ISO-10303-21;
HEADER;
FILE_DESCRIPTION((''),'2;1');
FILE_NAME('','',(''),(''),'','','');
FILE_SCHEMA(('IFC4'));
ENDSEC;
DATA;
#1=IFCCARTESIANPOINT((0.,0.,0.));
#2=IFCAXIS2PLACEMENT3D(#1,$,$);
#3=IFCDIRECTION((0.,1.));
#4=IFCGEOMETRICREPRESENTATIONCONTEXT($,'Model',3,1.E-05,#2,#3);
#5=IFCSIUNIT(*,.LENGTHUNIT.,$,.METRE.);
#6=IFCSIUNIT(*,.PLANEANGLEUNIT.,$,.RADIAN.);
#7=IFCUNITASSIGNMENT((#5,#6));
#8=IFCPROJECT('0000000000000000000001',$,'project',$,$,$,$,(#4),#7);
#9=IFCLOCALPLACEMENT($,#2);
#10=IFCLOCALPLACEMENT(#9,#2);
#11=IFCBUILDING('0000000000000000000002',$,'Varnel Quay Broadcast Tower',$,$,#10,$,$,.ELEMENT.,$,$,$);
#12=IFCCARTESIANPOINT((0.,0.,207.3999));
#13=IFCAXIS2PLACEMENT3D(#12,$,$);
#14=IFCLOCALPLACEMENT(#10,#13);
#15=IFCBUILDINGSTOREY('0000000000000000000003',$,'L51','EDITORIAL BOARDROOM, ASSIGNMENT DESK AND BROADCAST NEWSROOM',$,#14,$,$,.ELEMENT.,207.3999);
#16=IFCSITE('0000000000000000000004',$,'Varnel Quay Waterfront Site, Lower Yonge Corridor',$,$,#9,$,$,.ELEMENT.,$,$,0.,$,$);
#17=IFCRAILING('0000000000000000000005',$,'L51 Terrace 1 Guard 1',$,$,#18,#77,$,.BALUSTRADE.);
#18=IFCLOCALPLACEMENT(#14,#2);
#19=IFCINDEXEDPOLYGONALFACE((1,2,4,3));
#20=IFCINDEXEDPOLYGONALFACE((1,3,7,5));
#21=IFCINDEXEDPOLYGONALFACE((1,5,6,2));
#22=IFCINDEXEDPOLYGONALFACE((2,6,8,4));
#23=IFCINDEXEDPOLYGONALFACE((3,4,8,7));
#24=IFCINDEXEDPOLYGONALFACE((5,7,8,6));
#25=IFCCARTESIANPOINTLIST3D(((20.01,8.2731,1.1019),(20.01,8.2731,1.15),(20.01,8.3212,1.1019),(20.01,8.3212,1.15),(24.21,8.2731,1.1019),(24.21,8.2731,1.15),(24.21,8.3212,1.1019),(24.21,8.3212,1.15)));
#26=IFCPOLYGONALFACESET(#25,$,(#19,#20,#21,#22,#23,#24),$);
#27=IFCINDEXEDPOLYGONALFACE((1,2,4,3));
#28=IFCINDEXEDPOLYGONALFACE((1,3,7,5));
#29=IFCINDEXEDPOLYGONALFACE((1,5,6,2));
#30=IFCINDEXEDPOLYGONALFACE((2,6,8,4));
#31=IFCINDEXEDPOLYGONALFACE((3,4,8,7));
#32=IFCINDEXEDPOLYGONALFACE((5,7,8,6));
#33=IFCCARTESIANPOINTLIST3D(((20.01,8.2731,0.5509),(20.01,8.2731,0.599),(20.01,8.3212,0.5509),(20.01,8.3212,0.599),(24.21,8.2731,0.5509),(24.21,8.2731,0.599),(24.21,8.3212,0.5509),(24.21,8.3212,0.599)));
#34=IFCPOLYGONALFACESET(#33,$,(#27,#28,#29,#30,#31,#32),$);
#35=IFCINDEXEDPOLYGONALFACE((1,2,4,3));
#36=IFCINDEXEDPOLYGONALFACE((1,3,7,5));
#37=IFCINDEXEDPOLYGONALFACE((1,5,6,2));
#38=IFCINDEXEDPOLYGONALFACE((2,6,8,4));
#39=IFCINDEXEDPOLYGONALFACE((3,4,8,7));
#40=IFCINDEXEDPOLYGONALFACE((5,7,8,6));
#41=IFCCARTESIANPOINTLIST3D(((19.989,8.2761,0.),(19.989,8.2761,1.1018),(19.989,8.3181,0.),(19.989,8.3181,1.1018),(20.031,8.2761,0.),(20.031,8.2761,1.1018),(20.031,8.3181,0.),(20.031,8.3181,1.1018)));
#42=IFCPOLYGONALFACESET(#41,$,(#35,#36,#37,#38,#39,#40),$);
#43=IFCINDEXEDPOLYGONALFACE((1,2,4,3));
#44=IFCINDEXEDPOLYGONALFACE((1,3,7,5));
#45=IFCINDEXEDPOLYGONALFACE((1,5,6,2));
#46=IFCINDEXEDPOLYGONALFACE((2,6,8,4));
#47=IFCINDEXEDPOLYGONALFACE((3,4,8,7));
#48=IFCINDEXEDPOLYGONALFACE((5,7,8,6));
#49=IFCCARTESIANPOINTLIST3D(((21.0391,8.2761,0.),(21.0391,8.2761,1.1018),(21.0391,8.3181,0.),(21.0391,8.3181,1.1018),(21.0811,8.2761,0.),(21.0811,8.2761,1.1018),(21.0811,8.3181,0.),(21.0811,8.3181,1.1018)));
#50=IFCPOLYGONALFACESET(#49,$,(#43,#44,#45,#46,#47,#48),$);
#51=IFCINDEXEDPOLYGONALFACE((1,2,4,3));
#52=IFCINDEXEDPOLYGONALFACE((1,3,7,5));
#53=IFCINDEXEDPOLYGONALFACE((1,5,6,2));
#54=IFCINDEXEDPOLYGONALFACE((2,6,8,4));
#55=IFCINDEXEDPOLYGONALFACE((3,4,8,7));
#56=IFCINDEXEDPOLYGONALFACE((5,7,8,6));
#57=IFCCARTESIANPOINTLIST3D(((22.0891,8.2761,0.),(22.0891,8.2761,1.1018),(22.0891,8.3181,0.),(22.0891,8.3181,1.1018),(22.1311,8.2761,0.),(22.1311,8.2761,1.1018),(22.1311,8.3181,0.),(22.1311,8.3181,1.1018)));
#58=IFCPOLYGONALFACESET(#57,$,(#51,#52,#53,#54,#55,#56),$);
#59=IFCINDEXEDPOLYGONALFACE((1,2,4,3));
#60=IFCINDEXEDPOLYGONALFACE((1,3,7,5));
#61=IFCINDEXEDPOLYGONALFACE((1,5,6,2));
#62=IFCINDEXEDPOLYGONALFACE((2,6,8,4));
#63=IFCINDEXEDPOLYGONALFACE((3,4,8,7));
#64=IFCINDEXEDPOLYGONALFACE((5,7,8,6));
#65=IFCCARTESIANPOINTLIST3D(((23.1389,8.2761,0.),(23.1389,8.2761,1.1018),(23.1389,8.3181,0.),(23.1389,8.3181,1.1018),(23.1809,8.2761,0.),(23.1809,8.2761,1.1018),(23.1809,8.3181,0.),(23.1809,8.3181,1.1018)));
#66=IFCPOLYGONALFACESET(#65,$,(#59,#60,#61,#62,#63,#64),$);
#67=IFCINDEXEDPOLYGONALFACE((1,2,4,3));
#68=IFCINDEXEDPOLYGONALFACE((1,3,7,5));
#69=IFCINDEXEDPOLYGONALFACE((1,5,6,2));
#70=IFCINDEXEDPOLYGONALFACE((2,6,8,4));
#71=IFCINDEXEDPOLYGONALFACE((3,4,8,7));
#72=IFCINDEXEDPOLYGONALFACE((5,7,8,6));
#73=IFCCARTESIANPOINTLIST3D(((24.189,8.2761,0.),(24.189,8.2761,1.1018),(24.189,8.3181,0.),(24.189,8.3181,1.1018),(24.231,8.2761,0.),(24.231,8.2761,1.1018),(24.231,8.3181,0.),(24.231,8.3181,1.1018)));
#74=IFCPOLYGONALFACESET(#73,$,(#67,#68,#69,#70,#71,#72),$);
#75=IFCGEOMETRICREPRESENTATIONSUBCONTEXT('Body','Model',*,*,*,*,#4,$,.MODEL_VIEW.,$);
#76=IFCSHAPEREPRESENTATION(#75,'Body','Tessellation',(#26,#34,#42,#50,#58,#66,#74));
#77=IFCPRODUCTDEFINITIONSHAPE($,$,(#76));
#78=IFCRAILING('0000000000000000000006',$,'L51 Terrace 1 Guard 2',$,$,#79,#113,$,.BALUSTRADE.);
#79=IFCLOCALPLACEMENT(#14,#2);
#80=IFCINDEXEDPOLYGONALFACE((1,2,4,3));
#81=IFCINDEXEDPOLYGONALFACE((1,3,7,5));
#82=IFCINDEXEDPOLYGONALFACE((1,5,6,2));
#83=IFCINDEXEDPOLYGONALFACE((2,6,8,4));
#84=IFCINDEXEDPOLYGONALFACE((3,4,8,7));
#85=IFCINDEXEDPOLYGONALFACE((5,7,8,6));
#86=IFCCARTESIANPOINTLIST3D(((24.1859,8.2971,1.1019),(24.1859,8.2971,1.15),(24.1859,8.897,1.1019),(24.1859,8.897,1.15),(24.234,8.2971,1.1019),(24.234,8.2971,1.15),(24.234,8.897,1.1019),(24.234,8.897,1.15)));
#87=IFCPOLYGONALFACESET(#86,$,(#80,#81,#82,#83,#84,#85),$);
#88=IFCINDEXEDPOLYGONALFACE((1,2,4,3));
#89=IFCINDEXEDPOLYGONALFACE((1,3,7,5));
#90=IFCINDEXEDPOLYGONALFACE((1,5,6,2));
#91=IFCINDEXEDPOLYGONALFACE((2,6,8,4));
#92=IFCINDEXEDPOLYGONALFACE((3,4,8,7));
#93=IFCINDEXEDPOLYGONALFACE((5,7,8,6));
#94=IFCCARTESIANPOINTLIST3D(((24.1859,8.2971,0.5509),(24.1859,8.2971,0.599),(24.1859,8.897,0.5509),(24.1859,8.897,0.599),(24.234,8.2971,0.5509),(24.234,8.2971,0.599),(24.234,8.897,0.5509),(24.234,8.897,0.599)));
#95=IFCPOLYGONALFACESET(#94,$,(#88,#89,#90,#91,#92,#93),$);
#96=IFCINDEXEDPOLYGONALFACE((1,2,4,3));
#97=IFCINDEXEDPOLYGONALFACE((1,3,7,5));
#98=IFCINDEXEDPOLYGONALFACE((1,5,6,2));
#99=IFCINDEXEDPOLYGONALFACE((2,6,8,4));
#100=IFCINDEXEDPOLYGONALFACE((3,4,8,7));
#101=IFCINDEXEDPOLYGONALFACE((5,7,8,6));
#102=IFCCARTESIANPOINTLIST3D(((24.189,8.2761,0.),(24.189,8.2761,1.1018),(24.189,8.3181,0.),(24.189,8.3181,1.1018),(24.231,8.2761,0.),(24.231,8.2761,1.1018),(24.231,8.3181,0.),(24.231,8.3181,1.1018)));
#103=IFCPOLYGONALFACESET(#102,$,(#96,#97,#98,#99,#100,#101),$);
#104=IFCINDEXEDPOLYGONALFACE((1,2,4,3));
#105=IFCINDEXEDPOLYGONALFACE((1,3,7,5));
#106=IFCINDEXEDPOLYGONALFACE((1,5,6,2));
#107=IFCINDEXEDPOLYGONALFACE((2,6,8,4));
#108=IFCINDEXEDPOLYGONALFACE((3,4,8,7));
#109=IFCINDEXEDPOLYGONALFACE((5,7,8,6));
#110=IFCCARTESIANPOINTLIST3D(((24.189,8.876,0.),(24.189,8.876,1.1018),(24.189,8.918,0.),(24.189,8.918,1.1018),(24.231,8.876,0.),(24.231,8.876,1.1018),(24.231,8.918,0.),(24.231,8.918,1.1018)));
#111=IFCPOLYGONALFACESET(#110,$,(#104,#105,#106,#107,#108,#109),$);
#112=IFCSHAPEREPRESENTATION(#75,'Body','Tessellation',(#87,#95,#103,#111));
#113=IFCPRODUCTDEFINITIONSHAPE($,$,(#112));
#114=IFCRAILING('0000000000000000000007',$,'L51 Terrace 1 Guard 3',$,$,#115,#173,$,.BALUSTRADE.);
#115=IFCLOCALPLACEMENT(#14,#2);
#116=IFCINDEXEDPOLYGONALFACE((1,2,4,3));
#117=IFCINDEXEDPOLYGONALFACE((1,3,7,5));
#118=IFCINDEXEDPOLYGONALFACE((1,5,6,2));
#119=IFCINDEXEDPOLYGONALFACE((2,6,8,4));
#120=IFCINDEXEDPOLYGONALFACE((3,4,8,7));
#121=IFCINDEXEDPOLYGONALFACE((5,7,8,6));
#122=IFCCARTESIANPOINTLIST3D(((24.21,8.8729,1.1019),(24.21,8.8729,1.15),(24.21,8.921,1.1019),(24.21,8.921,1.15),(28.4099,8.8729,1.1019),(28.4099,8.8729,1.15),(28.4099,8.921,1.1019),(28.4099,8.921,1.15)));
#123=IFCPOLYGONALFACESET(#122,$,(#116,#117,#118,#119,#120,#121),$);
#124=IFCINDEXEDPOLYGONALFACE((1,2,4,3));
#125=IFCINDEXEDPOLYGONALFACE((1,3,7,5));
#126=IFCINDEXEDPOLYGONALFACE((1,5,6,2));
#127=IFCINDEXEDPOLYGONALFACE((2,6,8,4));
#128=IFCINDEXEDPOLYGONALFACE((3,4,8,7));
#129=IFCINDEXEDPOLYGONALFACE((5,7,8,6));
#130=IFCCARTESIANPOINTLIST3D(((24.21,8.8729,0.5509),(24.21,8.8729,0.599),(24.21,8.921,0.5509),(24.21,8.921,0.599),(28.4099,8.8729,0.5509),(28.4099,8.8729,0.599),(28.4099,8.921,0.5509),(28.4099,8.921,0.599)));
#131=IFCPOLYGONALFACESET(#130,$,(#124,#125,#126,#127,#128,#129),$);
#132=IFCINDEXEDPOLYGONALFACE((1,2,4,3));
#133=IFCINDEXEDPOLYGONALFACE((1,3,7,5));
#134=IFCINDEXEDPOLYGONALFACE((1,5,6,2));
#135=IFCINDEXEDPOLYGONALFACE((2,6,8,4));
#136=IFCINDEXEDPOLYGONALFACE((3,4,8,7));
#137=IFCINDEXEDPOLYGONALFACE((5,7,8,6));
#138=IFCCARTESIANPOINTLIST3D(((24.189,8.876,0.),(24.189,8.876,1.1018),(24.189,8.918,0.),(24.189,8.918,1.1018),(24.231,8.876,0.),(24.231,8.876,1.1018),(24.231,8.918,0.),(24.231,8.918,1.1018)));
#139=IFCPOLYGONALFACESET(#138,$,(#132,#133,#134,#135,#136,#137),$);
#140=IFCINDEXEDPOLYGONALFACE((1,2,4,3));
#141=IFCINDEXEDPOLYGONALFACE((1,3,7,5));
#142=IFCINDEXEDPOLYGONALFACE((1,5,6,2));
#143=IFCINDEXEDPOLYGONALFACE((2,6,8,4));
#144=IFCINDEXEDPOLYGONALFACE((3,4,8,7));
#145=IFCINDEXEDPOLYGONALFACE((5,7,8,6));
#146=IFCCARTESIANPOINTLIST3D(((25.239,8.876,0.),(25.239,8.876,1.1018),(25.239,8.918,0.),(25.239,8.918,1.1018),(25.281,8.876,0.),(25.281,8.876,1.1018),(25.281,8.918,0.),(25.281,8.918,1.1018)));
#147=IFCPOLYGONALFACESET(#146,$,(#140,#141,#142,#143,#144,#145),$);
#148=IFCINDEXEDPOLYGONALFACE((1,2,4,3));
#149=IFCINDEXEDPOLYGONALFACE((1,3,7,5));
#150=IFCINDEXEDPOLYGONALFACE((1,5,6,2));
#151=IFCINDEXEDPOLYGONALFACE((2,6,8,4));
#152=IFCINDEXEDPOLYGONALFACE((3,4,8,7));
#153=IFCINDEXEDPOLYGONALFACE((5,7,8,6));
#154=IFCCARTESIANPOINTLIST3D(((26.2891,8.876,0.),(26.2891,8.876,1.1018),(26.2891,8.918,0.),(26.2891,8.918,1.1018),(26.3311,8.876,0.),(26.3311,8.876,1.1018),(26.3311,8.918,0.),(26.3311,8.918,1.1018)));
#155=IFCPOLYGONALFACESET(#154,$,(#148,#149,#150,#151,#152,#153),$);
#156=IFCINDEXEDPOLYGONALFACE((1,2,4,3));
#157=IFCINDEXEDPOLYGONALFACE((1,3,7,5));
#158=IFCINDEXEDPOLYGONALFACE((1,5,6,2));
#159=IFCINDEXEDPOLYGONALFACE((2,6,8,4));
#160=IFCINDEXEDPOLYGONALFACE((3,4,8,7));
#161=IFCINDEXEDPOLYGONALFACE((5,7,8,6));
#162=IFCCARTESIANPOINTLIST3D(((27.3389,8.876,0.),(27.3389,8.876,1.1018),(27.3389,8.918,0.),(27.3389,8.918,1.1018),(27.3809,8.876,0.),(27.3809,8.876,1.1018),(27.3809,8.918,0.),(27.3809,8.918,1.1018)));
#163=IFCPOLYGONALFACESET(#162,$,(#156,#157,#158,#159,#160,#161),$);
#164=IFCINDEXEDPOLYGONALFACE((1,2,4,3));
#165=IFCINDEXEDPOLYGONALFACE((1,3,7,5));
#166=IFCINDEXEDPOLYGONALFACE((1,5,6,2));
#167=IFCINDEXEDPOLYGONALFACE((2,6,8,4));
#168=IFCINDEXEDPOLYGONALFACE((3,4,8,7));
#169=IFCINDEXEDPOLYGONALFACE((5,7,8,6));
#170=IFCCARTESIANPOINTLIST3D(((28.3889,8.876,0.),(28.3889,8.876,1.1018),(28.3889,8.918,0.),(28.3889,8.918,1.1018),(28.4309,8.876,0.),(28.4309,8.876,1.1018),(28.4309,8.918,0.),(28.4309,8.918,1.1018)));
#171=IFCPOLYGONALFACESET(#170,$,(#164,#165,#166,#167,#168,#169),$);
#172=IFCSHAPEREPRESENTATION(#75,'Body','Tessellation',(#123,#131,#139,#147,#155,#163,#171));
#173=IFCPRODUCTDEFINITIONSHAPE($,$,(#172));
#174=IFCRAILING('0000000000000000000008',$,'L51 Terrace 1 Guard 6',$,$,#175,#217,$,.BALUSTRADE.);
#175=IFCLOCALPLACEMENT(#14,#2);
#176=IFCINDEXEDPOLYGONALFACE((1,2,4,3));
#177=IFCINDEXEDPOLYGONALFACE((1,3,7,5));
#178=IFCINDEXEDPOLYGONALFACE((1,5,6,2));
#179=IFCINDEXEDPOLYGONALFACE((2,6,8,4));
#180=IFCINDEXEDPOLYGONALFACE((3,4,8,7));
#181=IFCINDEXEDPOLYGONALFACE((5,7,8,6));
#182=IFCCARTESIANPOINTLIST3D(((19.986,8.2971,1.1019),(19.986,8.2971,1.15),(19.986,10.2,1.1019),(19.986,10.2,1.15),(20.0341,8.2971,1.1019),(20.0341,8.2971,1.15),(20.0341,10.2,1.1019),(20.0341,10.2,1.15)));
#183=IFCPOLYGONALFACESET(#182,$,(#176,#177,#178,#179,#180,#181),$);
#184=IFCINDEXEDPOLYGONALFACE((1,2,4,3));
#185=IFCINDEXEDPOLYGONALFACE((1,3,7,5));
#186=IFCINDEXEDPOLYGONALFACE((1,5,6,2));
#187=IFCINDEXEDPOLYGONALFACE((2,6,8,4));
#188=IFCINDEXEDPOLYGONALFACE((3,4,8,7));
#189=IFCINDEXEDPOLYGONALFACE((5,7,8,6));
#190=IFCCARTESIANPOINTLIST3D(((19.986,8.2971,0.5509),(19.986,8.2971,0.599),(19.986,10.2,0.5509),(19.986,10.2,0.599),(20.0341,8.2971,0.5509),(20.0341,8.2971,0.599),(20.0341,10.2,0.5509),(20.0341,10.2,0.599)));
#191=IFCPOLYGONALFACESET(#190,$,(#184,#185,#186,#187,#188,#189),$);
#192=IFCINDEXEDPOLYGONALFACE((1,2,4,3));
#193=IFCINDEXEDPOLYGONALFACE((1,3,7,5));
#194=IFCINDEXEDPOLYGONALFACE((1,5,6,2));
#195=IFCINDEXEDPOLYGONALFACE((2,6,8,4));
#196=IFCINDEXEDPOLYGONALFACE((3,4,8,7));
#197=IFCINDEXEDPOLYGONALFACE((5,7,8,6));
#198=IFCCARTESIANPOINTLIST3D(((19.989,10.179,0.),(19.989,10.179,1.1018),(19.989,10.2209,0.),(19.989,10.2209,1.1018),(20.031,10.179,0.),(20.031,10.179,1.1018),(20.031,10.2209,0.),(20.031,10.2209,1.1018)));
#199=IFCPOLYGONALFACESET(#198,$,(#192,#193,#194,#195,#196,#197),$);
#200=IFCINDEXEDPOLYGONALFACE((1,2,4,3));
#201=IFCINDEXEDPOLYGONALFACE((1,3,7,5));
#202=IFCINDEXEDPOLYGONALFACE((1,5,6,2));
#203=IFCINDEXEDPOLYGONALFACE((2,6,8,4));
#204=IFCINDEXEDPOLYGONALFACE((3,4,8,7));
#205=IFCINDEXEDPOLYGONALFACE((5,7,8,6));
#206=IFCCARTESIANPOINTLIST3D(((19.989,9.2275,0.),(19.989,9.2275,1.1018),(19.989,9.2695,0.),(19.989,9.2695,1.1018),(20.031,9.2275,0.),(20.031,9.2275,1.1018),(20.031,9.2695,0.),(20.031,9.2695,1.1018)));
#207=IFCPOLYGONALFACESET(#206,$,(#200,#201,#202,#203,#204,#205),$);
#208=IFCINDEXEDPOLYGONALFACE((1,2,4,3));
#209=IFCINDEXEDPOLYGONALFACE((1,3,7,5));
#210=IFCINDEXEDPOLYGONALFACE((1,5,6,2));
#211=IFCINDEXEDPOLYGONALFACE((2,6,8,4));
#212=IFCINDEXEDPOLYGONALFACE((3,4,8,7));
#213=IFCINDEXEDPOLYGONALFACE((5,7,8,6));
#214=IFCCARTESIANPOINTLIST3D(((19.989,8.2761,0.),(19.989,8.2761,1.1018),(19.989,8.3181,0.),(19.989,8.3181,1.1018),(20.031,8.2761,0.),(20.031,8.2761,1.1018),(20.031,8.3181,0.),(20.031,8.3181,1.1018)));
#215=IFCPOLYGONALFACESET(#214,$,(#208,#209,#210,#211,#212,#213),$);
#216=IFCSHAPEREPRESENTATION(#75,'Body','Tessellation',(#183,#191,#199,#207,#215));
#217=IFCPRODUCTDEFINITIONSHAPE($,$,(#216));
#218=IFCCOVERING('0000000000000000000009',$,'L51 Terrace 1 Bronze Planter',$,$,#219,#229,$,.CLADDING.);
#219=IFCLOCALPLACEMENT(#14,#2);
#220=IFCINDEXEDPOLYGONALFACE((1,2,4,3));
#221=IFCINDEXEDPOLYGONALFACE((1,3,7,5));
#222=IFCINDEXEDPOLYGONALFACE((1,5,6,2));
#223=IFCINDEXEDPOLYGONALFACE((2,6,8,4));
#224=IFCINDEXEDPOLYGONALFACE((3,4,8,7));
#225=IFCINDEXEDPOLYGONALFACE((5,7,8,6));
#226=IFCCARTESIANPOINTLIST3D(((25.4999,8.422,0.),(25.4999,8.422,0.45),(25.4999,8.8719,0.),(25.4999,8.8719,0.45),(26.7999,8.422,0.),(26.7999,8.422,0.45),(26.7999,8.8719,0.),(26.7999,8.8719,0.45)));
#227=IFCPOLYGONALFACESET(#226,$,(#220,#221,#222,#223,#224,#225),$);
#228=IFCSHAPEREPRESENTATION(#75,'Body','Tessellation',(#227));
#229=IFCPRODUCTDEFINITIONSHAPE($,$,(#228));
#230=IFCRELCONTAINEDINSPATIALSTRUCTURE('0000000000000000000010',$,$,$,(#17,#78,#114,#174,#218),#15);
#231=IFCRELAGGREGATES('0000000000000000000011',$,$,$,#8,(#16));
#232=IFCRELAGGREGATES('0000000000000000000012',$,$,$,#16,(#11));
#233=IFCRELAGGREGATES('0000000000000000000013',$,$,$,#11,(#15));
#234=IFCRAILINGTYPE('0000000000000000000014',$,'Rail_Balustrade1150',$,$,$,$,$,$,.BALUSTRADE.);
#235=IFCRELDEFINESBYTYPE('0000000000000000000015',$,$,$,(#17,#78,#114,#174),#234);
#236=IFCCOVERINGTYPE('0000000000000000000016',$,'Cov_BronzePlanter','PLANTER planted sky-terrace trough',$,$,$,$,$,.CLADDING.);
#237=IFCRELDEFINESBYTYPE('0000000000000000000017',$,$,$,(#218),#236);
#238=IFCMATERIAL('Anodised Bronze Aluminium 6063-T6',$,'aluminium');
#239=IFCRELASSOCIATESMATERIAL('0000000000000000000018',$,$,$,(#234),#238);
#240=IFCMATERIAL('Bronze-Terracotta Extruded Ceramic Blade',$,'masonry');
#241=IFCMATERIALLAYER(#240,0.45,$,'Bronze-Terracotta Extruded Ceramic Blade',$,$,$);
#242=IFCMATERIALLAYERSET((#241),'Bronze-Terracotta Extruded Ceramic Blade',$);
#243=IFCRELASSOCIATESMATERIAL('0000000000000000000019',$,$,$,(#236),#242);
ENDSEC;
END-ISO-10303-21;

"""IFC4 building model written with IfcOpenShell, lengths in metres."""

from ifc_helpers import new_model, si_unit, direction, frame, origin, origin_2d, place, context, subcontext, project, spatial, rectangle, extrude, source, transform, mapped, material, layer, layer_set, type_object, type_shapes, element, save


model = new_model("IFC4")

# Units and contexts
model_context = context("Model", 3, precision=1e-05, world=origin(), true_north=direction((0.0, 1.0)))
body_context = subcontext(model_context, "Body", "Model", "MODEL_VIEW")
ifc_project = project(units=[si_unit("LENGTHUNIT", "METRE"), si_unit("PLANEANGLEUNIT", "RADIAN")], contexts=[model_context])

# Site, building, storey
site_placement = place(None, origin())
site = spatial("IfcSite", under=ifc_project, at=site_placement, Name="Varnel Quay Waterfront Site, Lower Yonge Corridor", CompositionType="ELEMENT", RefElevation=0.0)
building_placement = place(site_placement, origin())
building = spatial("IfcBuilding", under=site, at=building_placement, Name="Varnel Quay Broadcast Tower", CompositionType="ELEMENT")
storey_placement = place(building_placement, frame((0.0, 0.0, 207.3999)))
storey = spatial("IfcBuildingStorey", under=building, at=storey_placement, Name="L51", Description="EDITORIAL BOARDROOM, ASSIGNMENT DESK AND BROADCAST NEWSROOM", CompositionType="ELEMENT", Elevation=207.3999)

# Shared definitions
ifc_material_1 = material(Name="Anodised Bronze Aluminium 6063-T6", Category="aluminium")

# Railings
railing_type = type_object("IfcRailingType", Name="Rail_Balustrade1150", PredefinedType="BALUSTRADE", material=ifc_material_1)
railing_1_placement = place(storey_placement, frame((20.01, 8.2971, 0.0)))
element("IfcRailing", 1, at=railing_1_placement, inside=storey, type_object=railing_type, Name="L51 Terrace 1 Guard 1", PredefinedType="BALUSTRADE", context=body_context, shape_type="SweptSolid", body=[
    extrude(rectangle(XDim=0.0481, YDim=0.0481, at=origin_2d()), frame((0.0, 0.0, 1.126), z_axis=(1.0, 0.0, 0.0), x_axis=(0.0, 1.0, 0.0)), (0.0, 0.0, 1.0), 4.2),
    extrude(rectangle(XDim=0.0481, YDim=0.0481, at=origin_2d()), frame((0.0, 0.0, 0.575), z_axis=(1.0, 0.0, 0.0), x_axis=(0.0, 1.0, 0.0)), (0.0, 0.0, 1.0), 4.2),
    extrude(rectangle(XDim=0.042, YDim=0.042, at=origin_2d()), origin(), (0.0, 0.0, 1.0), 1.1018),
    extrude(rectangle(XDim=0.042, YDim=0.042, at=origin_2d()), frame((1.05, 0.0, 0.0)), (0.0, 0.0, 1.0), 1.1018),
    extrude(rectangle(XDim=0.042, YDim=0.042, at=origin_2d()), frame((2.1001, 0.0, 0.0)), (0.0, 0.0, 1.0), 1.1018),
    extrude(rectangle(XDim=0.042, YDim=0.042, at=origin_2d()), frame((3.1499, 0.0, 0.0)), (0.0, 0.0, 1.0), 1.1018),
    extrude(rectangle(XDim=0.042, YDim=0.042, at=origin_2d()), frame((4.2, 0.0, 0.0)), (0.0, 0.0, 1.0), 1.1018),
])
railing_2_placement = place(storey_placement, frame((24.21, 8.2971, 0.0)))
element("IfcRailing", 2, at=railing_2_placement, inside=storey, type_object=railing_type, Name="L51 Terrace 1 Guard 2", PredefinedType="BALUSTRADE", context=body_context, shape_type="SweptSolid", body=[
    extrude(rectangle(XDim=0.0481, YDim=0.0481, at=origin_2d()), frame((0.0, 0.0, 1.126), z_axis=(0.0, 1.0, 0.0), x_axis=(-1.0, 0.0, 0.0)), (0.0, 0.0, 1.0), 0.5999),
    extrude(rectangle(XDim=0.0481, YDim=0.0481, at=origin_2d()), frame((0.0, 0.0, 0.575), z_axis=(0.0, 1.0, 0.0), x_axis=(-1.0, 0.0, 0.0)), (0.0, 0.0, 1.0), 0.5999),
    extrude(rectangle(XDim=0.042, YDim=0.042, at=origin_2d()), origin(), (0.0, 0.0, 1.0), 1.1018),
    extrude(rectangle(XDim=0.042, YDim=0.042, at=origin_2d()), frame((0.0, 0.5999, 0.0)), (0.0, 0.0, 1.0), 1.1018),
])
railing_3_placement = place(storey_placement, frame((24.21, 8.897, 0.0)))
element("IfcRailing", 3, at=railing_3_placement, inside=storey, type_object=railing_type, Name="L51 Terrace 1 Guard 3", PredefinedType="BALUSTRADE", context=body_context, shape_type="SweptSolid", body=[
    extrude(rectangle(XDim=0.0481, YDim=0.0481, at=origin_2d()), frame((0.0, 0.0, 1.126), z_axis=(1.0, 0.0, 0.0), x_axis=(0.0, 1.0, 0.0)), (0.0, 0.0, 1.0), 4.2),
    extrude(rectangle(XDim=0.0481, YDim=0.0481, at=origin_2d()), frame((0.0, 0.0, 0.575), z_axis=(1.0, 0.0, 0.0), x_axis=(0.0, 1.0, 0.0)), (0.0, 0.0, 1.0), 4.2),
    extrude(rectangle(XDim=0.042, YDim=0.042, at=origin_2d()), origin(), (0.0, 0.0, 1.0), 1.1018),
    extrude(rectangle(XDim=0.042, YDim=0.042, at=origin_2d()), frame((1.05, 0.0, 0.0)), (0.0, 0.0, 1.0), 1.1018),
    extrude(rectangle(XDim=0.042, YDim=0.042, at=origin_2d()), frame((2.1001, 0.0, 0.0)), (0.0, 0.0, 1.0), 1.1018),
    extrude(rectangle(XDim=0.042, YDim=0.042, at=origin_2d()), frame((3.1499, 0.0, 0.0)), (0.0, 0.0, 1.0), 1.1018),
    extrude(rectangle(XDim=0.042, YDim=0.042, at=origin_2d()), frame((4.2, 0.0, 0.0)), (0.0, 0.0, 1.0), 1.1018),
])
railing_4_placement = place(storey_placement, frame((20.01, 10.2, 0.0)))
element("IfcRailing", 4, at=railing_4_placement, inside=storey, type_object=railing_type, Name="L51 Terrace 1 Guard 6", PredefinedType="BALUSTRADE", context=body_context, shape_type="SweptSolid", body=[
    extrude(rectangle(XDim=0.0481, YDim=0.0481, at=origin_2d()), frame((0.0, 0.0, 1.126), z_axis=(0.0, -1.0, 0.0), x_axis=(1.0, 0.0, 0.0)), (0.0, 0.0, 1.0), 1.9028),
    extrude(rectangle(XDim=0.0481, YDim=0.0481, at=origin_2d()), frame((0.0, 0.0, 0.575), z_axis=(0.0, -1.0, 0.0), x_axis=(1.0, 0.0, 0.0)), (0.0, 0.0, 1.0), 1.9028),
    extrude(rectangle(XDim=0.042, YDim=0.042, at=origin_2d()), origin(), (0.0, 0.0, 1.0), 1.1018),
    extrude(rectangle(XDim=0.042, YDim=0.042, at=origin_2d()), frame((0.0, -0.9514, 0.0)), (0.0, 0.0, 1.0), 1.1018),
    extrude(rectangle(XDim=0.042, YDim=0.042, at=origin_2d()), frame((0.0, -1.9028, 0.0)), (0.0, 0.0, 1.0), 1.1018),
])

# Covering
ifc_material_2 = material(Name="Bronze-Terracotta Extruded Ceramic Blade", Category="masonry")
ifc_layer_1 = layer(ifc_material_2, 0.45, Name="Bronze-Terracotta Extruded Ceramic Blade")
ifc_layer_set_1 = layer_set([ifc_layer_1], Name="Bronze-Terracotta Extruded Ceramic Blade")
covering_type = type_object("IfcCoveringType", Name="Cov_BronzePlanter", Description="PLANTER planted sky-terrace trough", PredefinedType="CLADDING", material=ifc_layer_set_1)
shared_shape_1 = source(origin(), body_context, "Body", "SweptSolid", [
    extrude(rectangle(XDim=1.3, YDim=0.45, at=origin_2d()), origin(), (0.0, 0.0, 1.0), 0.45),
])
type_shapes(covering_type, [shared_shape_1])
covering_placement = place(storey_placement, frame((26.1499, 8.647, 0.0), z_axis=(0.0, 0.0, 1.0), x_axis=(1.0, 0.0, 0.0)))
element("IfcCovering", 5, at=covering_placement, inside=storey, type_object=covering_type, Name="L51 Terrace 1 Bronze Planter", PredefinedType="CLADDING", context=body_context, shape_type="MappedRepresentation", body=[
    mapped(shared_shape_1, transform((0.0, 0.0, 0.0), x_axis=(1.0, 0.0, 0.0), y_axis=(0.0, 1.0, 0.0), z_axis=(0.0, 0.0, 1.0), scale=1.0)),
])

save(model, "model.ifc")
